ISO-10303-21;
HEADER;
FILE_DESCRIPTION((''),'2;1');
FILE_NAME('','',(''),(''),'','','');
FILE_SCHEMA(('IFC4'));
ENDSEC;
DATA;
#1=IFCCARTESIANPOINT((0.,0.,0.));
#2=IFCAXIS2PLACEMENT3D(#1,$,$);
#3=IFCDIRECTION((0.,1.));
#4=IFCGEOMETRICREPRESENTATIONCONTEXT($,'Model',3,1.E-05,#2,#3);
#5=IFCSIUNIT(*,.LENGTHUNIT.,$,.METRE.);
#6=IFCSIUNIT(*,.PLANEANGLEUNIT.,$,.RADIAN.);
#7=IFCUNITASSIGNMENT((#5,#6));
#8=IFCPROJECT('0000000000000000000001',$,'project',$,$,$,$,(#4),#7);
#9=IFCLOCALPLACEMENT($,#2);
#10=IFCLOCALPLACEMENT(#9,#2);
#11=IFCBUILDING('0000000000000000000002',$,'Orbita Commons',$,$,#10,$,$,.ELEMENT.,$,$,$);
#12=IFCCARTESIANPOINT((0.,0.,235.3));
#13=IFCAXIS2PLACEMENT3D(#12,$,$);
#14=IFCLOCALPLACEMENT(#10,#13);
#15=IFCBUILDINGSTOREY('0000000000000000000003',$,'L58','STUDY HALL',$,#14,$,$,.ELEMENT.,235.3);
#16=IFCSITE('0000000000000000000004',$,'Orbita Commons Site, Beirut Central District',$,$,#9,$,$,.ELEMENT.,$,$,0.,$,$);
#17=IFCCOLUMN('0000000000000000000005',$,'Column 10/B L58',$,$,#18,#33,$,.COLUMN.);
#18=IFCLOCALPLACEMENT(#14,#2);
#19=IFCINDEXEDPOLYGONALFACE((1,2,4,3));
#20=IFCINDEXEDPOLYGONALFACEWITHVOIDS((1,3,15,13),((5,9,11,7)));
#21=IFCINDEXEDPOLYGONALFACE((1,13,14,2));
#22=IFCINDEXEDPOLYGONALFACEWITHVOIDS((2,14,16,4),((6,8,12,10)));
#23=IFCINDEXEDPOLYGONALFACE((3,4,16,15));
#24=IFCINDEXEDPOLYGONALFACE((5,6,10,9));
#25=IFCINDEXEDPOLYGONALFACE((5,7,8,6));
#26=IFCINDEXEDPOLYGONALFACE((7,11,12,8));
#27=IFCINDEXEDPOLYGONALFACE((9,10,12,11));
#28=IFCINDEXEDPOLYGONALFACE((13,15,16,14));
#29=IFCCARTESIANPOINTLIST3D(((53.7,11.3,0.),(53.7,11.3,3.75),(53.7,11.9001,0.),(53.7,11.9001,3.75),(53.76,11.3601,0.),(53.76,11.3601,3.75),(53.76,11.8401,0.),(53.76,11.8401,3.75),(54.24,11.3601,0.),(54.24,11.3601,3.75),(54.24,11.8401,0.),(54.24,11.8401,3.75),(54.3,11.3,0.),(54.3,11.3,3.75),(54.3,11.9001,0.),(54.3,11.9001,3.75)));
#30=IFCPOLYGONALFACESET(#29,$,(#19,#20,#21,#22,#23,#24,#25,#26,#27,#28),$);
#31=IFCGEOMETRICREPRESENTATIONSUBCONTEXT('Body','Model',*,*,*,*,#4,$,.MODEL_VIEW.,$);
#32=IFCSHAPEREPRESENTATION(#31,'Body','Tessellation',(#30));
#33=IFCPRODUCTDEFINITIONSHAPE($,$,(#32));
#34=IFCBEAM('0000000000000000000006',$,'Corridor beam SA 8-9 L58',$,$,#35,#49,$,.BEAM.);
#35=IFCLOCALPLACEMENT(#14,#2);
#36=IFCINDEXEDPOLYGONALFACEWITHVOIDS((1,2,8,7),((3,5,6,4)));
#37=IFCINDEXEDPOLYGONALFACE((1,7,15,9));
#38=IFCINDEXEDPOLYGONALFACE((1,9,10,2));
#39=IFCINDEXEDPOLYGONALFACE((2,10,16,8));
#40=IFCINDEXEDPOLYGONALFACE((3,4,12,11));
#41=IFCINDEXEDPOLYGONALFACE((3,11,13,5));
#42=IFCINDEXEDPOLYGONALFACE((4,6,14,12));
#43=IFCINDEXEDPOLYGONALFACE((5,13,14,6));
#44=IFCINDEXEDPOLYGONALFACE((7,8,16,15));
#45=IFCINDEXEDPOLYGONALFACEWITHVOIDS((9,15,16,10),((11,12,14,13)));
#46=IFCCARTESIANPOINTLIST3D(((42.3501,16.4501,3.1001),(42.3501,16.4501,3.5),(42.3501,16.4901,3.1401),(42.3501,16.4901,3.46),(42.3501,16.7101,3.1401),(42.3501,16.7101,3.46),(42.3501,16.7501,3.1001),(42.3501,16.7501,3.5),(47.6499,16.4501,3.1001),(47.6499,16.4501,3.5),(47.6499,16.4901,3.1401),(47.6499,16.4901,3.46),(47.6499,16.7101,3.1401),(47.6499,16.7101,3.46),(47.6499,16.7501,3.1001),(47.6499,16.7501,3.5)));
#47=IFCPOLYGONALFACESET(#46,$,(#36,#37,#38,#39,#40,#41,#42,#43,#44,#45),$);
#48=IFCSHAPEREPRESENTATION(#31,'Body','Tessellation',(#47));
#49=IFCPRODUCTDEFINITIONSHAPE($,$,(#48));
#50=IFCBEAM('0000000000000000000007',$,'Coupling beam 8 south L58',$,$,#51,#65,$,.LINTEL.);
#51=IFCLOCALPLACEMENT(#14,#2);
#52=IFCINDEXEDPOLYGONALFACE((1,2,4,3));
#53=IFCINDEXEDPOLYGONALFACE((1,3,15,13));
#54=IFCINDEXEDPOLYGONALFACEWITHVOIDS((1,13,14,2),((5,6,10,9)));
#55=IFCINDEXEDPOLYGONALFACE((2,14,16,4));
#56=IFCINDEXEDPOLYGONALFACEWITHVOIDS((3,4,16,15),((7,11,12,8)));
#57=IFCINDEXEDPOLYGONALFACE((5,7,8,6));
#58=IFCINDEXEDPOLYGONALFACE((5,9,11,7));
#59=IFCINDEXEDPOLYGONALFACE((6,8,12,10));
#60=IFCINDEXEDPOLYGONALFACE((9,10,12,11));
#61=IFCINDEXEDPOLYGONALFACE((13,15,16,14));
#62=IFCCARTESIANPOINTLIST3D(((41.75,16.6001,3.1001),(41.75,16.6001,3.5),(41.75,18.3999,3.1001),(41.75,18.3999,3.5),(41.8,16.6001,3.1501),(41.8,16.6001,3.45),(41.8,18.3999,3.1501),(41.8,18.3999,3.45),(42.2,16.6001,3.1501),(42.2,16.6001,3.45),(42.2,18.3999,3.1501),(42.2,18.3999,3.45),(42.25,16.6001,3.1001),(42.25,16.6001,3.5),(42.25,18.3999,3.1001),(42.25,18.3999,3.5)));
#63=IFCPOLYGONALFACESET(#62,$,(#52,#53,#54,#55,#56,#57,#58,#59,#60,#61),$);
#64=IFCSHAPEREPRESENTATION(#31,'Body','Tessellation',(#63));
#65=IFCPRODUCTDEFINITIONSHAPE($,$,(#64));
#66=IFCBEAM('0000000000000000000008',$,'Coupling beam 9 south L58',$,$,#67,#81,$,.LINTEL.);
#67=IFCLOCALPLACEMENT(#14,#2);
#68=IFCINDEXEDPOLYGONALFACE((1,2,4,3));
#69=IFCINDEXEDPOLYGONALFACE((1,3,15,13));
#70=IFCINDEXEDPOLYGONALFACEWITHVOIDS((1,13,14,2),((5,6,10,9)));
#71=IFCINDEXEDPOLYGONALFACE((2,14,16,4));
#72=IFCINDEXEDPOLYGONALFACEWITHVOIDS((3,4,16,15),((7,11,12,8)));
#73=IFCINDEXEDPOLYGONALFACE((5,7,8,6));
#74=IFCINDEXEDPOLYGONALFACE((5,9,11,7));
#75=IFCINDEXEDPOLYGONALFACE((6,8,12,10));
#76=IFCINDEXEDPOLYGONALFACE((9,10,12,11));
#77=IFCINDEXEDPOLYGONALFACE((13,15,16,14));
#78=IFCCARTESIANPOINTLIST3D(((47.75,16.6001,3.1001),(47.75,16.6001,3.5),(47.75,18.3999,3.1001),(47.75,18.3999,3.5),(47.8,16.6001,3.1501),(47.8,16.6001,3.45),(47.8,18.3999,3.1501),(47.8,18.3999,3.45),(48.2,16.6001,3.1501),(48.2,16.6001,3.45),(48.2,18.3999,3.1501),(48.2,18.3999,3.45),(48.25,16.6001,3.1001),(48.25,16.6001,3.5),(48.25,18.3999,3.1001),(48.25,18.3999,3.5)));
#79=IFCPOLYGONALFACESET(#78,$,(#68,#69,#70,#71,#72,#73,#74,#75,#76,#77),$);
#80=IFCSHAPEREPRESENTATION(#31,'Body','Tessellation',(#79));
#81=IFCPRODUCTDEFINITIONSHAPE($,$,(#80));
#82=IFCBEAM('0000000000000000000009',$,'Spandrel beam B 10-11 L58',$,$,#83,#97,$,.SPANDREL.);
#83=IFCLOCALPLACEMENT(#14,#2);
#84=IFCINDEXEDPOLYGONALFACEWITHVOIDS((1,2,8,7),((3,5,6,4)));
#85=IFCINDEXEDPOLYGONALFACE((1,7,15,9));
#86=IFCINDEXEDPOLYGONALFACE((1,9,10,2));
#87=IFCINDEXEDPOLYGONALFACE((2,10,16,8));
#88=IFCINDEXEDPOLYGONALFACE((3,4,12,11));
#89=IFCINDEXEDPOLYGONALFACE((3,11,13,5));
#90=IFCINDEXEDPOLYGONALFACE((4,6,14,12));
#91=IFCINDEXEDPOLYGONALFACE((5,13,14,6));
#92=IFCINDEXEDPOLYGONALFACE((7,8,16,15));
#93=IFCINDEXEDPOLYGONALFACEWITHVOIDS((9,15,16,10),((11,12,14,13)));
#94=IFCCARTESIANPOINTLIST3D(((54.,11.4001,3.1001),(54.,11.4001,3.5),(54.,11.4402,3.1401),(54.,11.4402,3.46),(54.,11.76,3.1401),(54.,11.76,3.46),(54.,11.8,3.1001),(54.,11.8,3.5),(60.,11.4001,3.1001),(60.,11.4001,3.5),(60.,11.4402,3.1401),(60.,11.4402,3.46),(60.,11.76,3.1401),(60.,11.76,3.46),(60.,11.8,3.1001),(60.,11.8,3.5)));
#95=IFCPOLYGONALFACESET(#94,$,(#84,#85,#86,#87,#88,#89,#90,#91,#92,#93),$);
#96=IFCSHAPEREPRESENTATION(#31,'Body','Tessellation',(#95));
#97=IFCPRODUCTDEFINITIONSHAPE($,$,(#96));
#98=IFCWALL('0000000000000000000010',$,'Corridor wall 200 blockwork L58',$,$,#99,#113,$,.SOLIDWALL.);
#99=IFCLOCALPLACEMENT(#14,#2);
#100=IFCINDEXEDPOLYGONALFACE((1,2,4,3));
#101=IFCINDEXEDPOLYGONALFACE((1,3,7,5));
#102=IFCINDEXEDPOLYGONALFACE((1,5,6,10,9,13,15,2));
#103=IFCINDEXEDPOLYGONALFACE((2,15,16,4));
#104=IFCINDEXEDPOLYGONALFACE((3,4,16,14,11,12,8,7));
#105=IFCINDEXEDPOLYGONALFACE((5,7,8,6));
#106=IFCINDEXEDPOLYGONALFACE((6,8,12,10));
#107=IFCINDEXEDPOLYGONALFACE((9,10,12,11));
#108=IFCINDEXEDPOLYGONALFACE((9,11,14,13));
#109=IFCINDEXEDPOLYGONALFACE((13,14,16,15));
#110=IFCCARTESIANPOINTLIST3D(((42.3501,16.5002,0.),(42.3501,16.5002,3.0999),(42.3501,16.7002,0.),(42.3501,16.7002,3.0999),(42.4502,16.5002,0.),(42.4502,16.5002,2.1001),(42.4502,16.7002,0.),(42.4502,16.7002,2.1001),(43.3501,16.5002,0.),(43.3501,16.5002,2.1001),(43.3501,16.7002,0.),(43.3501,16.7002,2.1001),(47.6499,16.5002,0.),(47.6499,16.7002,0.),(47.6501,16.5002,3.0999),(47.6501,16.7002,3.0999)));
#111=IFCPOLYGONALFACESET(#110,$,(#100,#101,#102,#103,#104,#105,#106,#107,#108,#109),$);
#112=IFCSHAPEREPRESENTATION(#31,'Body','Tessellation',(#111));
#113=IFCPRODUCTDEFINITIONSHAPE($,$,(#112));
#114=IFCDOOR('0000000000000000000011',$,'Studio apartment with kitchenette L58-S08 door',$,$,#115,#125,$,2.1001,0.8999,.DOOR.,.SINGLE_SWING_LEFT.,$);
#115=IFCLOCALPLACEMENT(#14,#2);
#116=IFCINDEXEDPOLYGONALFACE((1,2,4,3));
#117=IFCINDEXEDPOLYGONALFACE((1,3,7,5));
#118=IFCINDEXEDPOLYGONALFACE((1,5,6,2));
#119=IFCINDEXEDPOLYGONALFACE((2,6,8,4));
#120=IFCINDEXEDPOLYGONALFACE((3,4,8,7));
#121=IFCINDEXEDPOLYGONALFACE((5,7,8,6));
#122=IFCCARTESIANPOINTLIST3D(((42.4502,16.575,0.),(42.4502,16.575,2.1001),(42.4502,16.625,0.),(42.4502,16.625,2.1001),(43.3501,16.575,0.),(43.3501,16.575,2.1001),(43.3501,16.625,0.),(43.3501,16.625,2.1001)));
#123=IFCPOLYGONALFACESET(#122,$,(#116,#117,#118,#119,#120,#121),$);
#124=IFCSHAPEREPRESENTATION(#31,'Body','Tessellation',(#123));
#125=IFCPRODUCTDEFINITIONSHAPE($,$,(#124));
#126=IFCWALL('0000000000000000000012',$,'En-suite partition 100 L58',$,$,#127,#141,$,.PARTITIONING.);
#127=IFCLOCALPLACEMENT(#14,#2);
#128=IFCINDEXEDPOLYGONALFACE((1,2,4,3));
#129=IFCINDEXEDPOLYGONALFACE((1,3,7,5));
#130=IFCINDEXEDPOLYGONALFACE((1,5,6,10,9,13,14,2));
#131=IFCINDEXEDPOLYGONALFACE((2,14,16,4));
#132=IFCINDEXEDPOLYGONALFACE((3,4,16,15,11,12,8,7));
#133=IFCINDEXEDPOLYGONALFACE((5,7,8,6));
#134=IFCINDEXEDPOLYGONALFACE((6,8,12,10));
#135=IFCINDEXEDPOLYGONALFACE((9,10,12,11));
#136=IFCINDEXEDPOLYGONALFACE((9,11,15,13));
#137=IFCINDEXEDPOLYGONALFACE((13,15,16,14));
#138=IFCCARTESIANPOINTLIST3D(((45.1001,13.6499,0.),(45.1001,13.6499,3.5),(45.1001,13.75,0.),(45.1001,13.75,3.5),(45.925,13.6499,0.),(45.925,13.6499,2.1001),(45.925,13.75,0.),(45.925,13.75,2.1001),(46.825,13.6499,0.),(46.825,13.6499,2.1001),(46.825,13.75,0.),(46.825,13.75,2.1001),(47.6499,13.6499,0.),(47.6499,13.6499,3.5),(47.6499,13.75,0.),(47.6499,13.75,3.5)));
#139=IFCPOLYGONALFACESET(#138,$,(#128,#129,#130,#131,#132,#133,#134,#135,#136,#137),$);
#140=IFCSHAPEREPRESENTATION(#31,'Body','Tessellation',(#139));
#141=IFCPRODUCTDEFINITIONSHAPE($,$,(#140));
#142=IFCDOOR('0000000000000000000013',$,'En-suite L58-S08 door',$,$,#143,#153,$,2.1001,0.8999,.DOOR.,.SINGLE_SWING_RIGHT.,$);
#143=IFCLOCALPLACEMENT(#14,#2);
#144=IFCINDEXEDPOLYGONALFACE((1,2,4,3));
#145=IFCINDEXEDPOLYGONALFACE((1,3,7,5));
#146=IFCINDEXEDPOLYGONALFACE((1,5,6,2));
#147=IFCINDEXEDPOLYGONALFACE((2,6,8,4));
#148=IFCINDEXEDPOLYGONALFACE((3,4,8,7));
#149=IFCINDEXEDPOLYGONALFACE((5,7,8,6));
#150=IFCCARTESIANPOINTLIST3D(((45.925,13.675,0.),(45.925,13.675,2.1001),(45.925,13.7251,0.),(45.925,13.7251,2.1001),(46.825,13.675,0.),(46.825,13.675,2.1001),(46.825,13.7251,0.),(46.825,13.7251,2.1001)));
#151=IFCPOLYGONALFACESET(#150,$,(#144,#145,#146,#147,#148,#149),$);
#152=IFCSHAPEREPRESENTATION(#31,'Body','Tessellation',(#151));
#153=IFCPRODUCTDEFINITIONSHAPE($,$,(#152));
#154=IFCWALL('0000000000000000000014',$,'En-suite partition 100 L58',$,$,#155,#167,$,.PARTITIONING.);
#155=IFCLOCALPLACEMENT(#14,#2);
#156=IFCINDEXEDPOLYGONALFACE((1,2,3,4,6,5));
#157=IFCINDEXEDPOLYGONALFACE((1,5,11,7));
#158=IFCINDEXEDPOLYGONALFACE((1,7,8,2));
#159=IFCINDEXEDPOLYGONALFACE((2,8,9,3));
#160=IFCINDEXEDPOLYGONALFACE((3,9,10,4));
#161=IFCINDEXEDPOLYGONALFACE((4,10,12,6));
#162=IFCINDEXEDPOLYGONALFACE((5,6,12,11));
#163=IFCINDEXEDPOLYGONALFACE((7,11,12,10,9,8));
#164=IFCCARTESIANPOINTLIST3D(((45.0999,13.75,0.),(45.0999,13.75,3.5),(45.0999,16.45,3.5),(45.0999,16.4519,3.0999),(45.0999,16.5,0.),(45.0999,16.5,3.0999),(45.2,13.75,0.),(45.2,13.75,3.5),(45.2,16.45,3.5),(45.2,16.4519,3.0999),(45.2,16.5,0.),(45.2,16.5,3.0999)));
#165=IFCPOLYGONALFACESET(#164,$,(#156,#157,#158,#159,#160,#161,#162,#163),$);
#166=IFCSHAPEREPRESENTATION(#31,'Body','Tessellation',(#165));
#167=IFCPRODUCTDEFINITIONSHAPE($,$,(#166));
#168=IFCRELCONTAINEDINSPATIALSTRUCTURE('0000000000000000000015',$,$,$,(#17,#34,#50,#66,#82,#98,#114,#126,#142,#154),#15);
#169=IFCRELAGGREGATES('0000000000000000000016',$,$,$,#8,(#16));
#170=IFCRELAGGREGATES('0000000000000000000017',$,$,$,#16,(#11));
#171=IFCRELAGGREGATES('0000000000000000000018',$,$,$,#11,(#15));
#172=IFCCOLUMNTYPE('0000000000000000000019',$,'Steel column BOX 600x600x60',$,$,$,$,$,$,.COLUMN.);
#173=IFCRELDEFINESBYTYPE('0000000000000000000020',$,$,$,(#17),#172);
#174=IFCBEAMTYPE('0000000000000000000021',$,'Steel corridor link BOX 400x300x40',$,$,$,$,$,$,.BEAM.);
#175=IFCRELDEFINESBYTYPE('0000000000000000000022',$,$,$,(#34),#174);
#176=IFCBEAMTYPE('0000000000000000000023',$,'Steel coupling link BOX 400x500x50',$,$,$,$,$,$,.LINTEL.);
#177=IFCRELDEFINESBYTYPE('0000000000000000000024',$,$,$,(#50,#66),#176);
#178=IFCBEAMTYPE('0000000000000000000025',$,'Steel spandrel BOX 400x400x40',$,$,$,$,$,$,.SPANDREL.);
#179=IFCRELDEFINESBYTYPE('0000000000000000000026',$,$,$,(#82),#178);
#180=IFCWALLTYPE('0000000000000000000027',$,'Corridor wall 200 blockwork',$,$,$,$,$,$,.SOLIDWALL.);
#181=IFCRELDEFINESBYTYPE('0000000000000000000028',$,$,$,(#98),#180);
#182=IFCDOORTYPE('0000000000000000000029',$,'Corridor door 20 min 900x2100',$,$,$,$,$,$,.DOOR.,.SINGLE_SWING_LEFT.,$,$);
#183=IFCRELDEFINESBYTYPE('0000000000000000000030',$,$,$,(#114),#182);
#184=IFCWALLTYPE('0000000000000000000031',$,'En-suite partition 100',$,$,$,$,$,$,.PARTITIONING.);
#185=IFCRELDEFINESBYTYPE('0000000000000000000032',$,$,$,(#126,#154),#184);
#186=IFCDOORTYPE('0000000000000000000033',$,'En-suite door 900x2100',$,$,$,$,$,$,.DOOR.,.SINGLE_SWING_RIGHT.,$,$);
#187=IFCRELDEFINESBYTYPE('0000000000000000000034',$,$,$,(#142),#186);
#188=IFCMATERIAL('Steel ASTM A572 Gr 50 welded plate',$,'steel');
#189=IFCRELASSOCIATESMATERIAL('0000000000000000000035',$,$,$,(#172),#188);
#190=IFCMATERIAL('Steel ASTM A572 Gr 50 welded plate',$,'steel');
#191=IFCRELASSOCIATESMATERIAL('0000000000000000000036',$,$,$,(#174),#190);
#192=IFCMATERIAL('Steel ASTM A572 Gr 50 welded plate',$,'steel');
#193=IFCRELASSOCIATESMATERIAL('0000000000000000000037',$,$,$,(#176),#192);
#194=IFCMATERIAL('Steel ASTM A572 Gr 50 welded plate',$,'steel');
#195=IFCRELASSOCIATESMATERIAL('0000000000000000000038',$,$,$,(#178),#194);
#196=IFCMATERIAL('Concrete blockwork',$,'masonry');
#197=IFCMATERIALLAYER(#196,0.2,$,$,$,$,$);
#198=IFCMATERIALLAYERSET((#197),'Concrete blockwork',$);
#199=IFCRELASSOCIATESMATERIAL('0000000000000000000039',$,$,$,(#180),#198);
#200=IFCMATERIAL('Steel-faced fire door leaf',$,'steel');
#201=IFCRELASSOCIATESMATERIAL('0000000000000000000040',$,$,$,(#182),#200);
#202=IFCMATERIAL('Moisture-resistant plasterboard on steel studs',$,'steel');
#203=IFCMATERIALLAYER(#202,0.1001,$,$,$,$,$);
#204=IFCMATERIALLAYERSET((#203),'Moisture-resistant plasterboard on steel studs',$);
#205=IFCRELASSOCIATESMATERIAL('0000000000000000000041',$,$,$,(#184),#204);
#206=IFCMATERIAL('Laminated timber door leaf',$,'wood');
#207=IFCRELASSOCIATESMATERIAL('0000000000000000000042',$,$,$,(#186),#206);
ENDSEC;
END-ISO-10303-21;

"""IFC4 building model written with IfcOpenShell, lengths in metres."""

from ifc_helpers import new_model, si_unit, direction, frame, frame_2d, origin, origin_2d, place, context, subcontext, project, spatial, polyline, rectangle, hollow_rectangle, outline, extrude, material, layer, layer_set, material_profile, profile_set, type_object, element, fill, save


model = new_model("IFC4")

# Units and contexts
model_context = context("Model", 3, precision=1e-05, world=origin(), true_north=direction((0.0, 1.0)))
body_context = subcontext(model_context, "Body", "Model", "MODEL_VIEW")
ifc_project = project(units=[si_unit("LENGTHUNIT", "METRE"), si_unit("PLANEANGLEUNIT", "RADIAN")], contexts=[model_context])

# Site, building, storey
site_placement = place(None, origin())
site = spatial("IfcSite", under=ifc_project, at=site_placement, Name="Orbita Commons Site, Beirut Central District", CompositionType="ELEMENT", RefElevation=0.0)
building_placement = place(site_placement, origin())
building = spatial("IfcBuilding", under=site, at=building_placement, Name="Orbita Commons", CompositionType="ELEMENT")
storey_placement = place(building_placement, frame((0.0, 0.0, 235.3)))
storey = spatial("IfcBuildingStorey", under=building, at=storey_placement, Name="L58", Description="STUDY HALL", CompositionType="ELEMENT", Elevation=235.3)

# Column
ifc_material_1 = material(Name="Steel ASTM A572 Gr 50 welded plate", Category="steel")
ifc_material_profile_1 = material_profile(ifc_material_1, hollow_rectangle(XDim=0.6001, YDim=0.6001, WallThickness=0.0601, at=origin_2d()), Name="BOX 600x600x60")
ifc_profile_set_1 = profile_set([ifc_material_profile_1], Name="Steel ASTM A572 Gr 50 welded plate")
column_type = type_object("IfcColumnType", Name="Steel column BOX 600x600x60", PredefinedType="COLUMN", material=ifc_profile_set_1)
column_placement = place(storey_placement, frame((54.0, 11.6001, 0.0), z_axis=(0.0, 0.0, 1.0), x_axis=(1.0, 0.0, 0.0)))
element("IfcColumn", 1, at=column_placement, inside=storey, type_object=column_type, Name="Column 10/B L58", PredefinedType="COLUMN", context=body_context, shape_type="SweptSolid", body=[
    extrude(hollow_rectangle(XDim=0.6001, YDim=0.6001, WallThickness=0.0601, at=origin_2d()), origin(), (0.0, 0.0, 1.0), 3.75),
])

# Beams
ifc_material_2 = material(Name="Steel ASTM A572 Gr 50 welded plate", Category="steel")
ifc_material_profile_2 = material_profile(ifc_material_2, hollow_rectangle(XDim=0.3, YDim=0.3999, WallThickness=0.04, at=origin_2d()), Name="BOX 400x300x40")
ifc_profile_set_2 = profile_set([ifc_material_profile_2], Name="Steel ASTM A572 Gr 50 welded plate")
beam_type_1 = type_object("IfcBeamType", Name="Steel corridor link BOX 400x300x40", PredefinedType="BEAM", material=ifc_profile_set_2)
beam_1_placement = place(storey_placement, frame((42.3501, 16.6001, 3.3), z_axis=(1.0, 0.0, 0.0), x_axis=(0.0, 1.0, 0.0)))
element("IfcBeam", 2, at=beam_1_placement, inside=storey, type_object=beam_type_1, Name="Corridor beam SA 8-9 L58", PredefinedType="BEAM", context=body_context, shape_type="SweptSolid", body=[
    extrude(hollow_rectangle(XDim=0.3, YDim=0.3999, WallThickness=0.04, at=origin_2d()), origin(), (0.0, 0.0, 1.0), 5.2998),
])
ifc_material_3 = material(Name="Steel ASTM A572 Gr 50 welded plate", Category="steel")
ifc_material_profile_3 = material_profile(ifc_material_3, hollow_rectangle(XDim=0.5, YDim=0.3999, WallThickness=0.05, at=origin_2d()), Name="BOX 400x500x50")
ifc_profile_set_3 = profile_set([ifc_material_profile_3], Name="Steel ASTM A572 Gr 50 welded plate")
beam_type_2 = type_object("IfcBeamType", Name="Steel coupling link BOX 400x500x50", PredefinedType="LINTEL", material=ifc_profile_set_3)
for number, where, z_axis, x_axis, name in (
    (3, (42.0, 16.6001, 3.3), (0.0, 1.0, 0.0), (-1.0, 0.0, 0.0), "Coupling beam 8 south L58"),
    (4, (48.0, 16.6001, 3.3), (0.0, 1.0, 0.0), (-1.0, 0.0, 0.0), "Coupling beam 9 south L58"),
):
    element("IfcBeam", number, at=place(storey_placement, frame(where, z_axis=z_axis, x_axis=x_axis)), inside=storey, type_object=beam_type_2, Name=name, PredefinedType="LINTEL", context=body_context, shape_type="SweptSolid", body=[
        extrude(hollow_rectangle(XDim=0.5, YDim=0.3999, WallThickness=0.05, at=origin_2d()), origin(), (0.0, 0.0, 1.0), 1.7998),
    ])
ifc_material_4 = material(Name="Steel ASTM A572 Gr 50 welded plate", Category="steel")
ifc_material_profile_4 = material_profile(ifc_material_4, hollow_rectangle(XDim=0.3999, YDim=0.3999, WallThickness=0.04, at=origin_2d()), Name="BOX 400x400x40")
ifc_profile_set_4 = profile_set([ifc_material_profile_4], Name="Steel ASTM A572 Gr 50 welded plate")
beam_type_3 = type_object("IfcBeamType", Name="Steel spandrel BOX 400x400x40", PredefinedType="SPANDREL", material=ifc_profile_set_4)
beam_2_placement = place(storey_placement, frame((54.0, 11.6001, 3.3), z_axis=(1.0, 0.0, 0.0), x_axis=(0.0, 1.0, 0.0)))
element("IfcBeam", 5, at=beam_2_placement, inside=storey, type_object=beam_type_3, Name="Spandrel beam B 10-11 L58", PredefinedType="SPANDREL", context=body_context, shape_type="SweptSolid", body=[
    extrude(hollow_rectangle(XDim=0.3999, YDim=0.3999, WallThickness=0.04, at=origin_2d()), origin(), (0.0, 0.0, 1.0), 6.0),
])

# Walls, openings, doors
ifc_material_5 = material(Name="Concrete blockwork", Category="masonry")
ifc_layer_1 = layer(ifc_material_5, 0.2)
ifc_layer_set_1 = layer_set([ifc_layer_1], Name="Concrete blockwork")
wall_type_1 = type_object("IfcWallType", Name="Corridor wall 200 blockwork", PredefinedType="SOLIDWALL", material=ifc_layer_set_1)
wall_1_placement = place(storey_placement, frame((42.3501, 16.6001, 0.0), z_axis=(0.0, 0.0, 1.0), x_axis=(1.0, 0.0, 0.0)))
wall_1 = element("IfcWall", 6, at=wall_1_placement, inside=storey, type_object=wall_type_1, Name="Corridor wall 200 blockwork L58", PredefinedType="SOLIDWALL", context=body_context, shape_type="SweptSolid", body=[
    extrude(outline(polyline([(0.0, 0.0), (5.2998, 0.0), (5.3, 3.0999), (0.0, 3.0999), (0.0, 0.0)])), frame((0.0, 0.1001, 0.0), z_axis=(0.0, -1.0, 0.0), x_axis=(1.0, 0.0, 0.0)), (0.0, 0.0, 1.0), 0.2),
])
opening_1_placement = place(wall_1_placement, frame((0.1001, 0.0, 0.0)))
opening_1 = element("IfcOpeningElement", 7, at=opening_1_placement, cuts=wall_1, PredefinedType="OPENING", context=body_context, shape_type="SweptSolid", body=[
    extrude(rectangle(XDim=0.8999, YDim=2.1001, at=frame_2d((0.45, 1.05))), frame((0.0, 0.1099, 0.0), z_axis=(0.0, -1.0, 0.0), x_axis=(1.0, 0.0, 0.0)), (0.0, 0.0, 1.0), 0.22),
])
ifc_material_6 = material(Name="Steel-faced fire door leaf", Category="steel")
door_type_1 = type_object("IfcDoorType", Name="Corridor door 20 min 900x2100", OperationType="SINGLE_SWING_LEFT", PredefinedType="DOOR", material=ifc_material_6)
door_1_placement = place(opening_1_placement, origin())
door_1 = element("IfcDoor", 8, at=door_1_placement, inside=storey, type_object=door_type_1, Name="Studio apartment with kitchenette L58-S08 door", OperationType="SINGLE_SWING_LEFT", OverallHeight=2.1001, OverallWidth=0.8999, PredefinedType="DOOR", context=body_context, shape_type="SweptSolid", body=[
    extrude(rectangle(XDim=0.8999, YDim=2.1001, at=frame_2d((0.45, 1.05))), frame((0.0, 0.0249, 0.0), z_axis=(0.0, -1.0, 0.0), x_axis=(1.0, 0.0, 0.0)), (0.0, 0.0, 1.0), 0.05),
])
fill(opening_1, door_1)
ifc_material_7 = material(Name="Moisture-resistant plasterboard on steel studs", Category="steel")
ifc_layer_2 = layer(ifc_material_7, 0.1001)
ifc_layer_set_2 = layer_set([ifc_layer_2], Name="Moisture-resistant plasterboard on steel studs")
wall_type_2 = type_object("IfcWallType", Name="En-suite partition 100", PredefinedType="PARTITIONING", material=ifc_layer_set_2)
wall_2_placement = place(storey_placement, frame((47.6499, 13.7, 0.0), z_axis=(0.0, 0.0, 1.0), x_axis=(-1.0, 0.0, 0.0)))
wall_2 = element("IfcWall", 9, at=wall_2_placement, inside=storey, type_object=wall_type_2, Name="En-suite partition 100 L58", PredefinedType="PARTITIONING", context=body_context, shape_type="SweptSolid", body=[
    extrude(rectangle(XDim=2.5498, YDim=0.1001, at=frame_2d((1.2749, 0.0))), origin(), (0.0, 0.0, 1.0), 3.5),
])
opening_2_placement = place(wall_2_placement, frame((0.825, 0.0, 0.0)))
opening_2 = element("IfcOpeningElement", 10, at=opening_2_placement, cuts=wall_2, PredefinedType="OPENING", context=body_context, shape_type="SweptSolid", body=[
    extrude(rectangle(XDim=0.8999, YDim=2.1001, at=frame_2d((0.45, 1.05))), frame((0.0, 0.0601, 0.0), z_axis=(0.0, -1.0, 0.0), x_axis=(1.0, 0.0, 0.0)), (0.0, 0.0, 1.0), 0.1201),
])
ifc_material_8 = material(Name="Laminated timber door leaf", Category="wood")
door_type_2 = type_object("IfcDoorType", Name="En-suite door 900x2100", OperationType="SINGLE_SWING_RIGHT", PredefinedType="DOOR", material=ifc_material_8)
door_2_placement = place(opening_2_placement, origin())
door_2 = element("IfcDoor", 11, at=door_2_placement, inside=storey, type_object=door_type_2, Name="En-suite L58-S08 door", OperationType="SINGLE_SWING_RIGHT", OverallHeight=2.1001, OverallWidth=0.8999, PredefinedType="DOOR", context=body_context, shape_type="SweptSolid", body=[
    extrude(rectangle(XDim=0.8999, YDim=2.1001, at=frame_2d((0.45, 1.05))), frame((0.0, 0.0249, 0.0), z_axis=(0.0, -1.0, 0.0), x_axis=(1.0, 0.0, 0.0)), (0.0, 0.0, 1.0), 0.05),
])
fill(opening_2, door_2)

# Wall
wall_3_placement = place(storey_placement, frame((45.1499, 13.75, 0.0), z_axis=(0.0, 0.0, 1.0), x_axis=(0.0, 1.0, 0.0)))
element("IfcWall", 12, at=wall_3_placement, inside=storey, type_object=wall_type_2, Name="En-suite partition 100 L58", PredefinedType="PARTITIONING", context=body_context, shape_type="SweptSolid", body=[
    extrude(outline(polyline([(0.0, 0.0), (2.75, 0.0), (2.75, 3.0999), (2.7019, 3.0999), (2.7, 3.5), (0.0, 3.5), (0.0, 0.0)])), frame((0.0, 0.05, 0.0), z_axis=(0.0, -1.0, 0.0), x_axis=(1.0, 0.0, 0.0)), (0.0, 0.0, 1.0), 0.1001),
])

save(model, "model.ifc")
